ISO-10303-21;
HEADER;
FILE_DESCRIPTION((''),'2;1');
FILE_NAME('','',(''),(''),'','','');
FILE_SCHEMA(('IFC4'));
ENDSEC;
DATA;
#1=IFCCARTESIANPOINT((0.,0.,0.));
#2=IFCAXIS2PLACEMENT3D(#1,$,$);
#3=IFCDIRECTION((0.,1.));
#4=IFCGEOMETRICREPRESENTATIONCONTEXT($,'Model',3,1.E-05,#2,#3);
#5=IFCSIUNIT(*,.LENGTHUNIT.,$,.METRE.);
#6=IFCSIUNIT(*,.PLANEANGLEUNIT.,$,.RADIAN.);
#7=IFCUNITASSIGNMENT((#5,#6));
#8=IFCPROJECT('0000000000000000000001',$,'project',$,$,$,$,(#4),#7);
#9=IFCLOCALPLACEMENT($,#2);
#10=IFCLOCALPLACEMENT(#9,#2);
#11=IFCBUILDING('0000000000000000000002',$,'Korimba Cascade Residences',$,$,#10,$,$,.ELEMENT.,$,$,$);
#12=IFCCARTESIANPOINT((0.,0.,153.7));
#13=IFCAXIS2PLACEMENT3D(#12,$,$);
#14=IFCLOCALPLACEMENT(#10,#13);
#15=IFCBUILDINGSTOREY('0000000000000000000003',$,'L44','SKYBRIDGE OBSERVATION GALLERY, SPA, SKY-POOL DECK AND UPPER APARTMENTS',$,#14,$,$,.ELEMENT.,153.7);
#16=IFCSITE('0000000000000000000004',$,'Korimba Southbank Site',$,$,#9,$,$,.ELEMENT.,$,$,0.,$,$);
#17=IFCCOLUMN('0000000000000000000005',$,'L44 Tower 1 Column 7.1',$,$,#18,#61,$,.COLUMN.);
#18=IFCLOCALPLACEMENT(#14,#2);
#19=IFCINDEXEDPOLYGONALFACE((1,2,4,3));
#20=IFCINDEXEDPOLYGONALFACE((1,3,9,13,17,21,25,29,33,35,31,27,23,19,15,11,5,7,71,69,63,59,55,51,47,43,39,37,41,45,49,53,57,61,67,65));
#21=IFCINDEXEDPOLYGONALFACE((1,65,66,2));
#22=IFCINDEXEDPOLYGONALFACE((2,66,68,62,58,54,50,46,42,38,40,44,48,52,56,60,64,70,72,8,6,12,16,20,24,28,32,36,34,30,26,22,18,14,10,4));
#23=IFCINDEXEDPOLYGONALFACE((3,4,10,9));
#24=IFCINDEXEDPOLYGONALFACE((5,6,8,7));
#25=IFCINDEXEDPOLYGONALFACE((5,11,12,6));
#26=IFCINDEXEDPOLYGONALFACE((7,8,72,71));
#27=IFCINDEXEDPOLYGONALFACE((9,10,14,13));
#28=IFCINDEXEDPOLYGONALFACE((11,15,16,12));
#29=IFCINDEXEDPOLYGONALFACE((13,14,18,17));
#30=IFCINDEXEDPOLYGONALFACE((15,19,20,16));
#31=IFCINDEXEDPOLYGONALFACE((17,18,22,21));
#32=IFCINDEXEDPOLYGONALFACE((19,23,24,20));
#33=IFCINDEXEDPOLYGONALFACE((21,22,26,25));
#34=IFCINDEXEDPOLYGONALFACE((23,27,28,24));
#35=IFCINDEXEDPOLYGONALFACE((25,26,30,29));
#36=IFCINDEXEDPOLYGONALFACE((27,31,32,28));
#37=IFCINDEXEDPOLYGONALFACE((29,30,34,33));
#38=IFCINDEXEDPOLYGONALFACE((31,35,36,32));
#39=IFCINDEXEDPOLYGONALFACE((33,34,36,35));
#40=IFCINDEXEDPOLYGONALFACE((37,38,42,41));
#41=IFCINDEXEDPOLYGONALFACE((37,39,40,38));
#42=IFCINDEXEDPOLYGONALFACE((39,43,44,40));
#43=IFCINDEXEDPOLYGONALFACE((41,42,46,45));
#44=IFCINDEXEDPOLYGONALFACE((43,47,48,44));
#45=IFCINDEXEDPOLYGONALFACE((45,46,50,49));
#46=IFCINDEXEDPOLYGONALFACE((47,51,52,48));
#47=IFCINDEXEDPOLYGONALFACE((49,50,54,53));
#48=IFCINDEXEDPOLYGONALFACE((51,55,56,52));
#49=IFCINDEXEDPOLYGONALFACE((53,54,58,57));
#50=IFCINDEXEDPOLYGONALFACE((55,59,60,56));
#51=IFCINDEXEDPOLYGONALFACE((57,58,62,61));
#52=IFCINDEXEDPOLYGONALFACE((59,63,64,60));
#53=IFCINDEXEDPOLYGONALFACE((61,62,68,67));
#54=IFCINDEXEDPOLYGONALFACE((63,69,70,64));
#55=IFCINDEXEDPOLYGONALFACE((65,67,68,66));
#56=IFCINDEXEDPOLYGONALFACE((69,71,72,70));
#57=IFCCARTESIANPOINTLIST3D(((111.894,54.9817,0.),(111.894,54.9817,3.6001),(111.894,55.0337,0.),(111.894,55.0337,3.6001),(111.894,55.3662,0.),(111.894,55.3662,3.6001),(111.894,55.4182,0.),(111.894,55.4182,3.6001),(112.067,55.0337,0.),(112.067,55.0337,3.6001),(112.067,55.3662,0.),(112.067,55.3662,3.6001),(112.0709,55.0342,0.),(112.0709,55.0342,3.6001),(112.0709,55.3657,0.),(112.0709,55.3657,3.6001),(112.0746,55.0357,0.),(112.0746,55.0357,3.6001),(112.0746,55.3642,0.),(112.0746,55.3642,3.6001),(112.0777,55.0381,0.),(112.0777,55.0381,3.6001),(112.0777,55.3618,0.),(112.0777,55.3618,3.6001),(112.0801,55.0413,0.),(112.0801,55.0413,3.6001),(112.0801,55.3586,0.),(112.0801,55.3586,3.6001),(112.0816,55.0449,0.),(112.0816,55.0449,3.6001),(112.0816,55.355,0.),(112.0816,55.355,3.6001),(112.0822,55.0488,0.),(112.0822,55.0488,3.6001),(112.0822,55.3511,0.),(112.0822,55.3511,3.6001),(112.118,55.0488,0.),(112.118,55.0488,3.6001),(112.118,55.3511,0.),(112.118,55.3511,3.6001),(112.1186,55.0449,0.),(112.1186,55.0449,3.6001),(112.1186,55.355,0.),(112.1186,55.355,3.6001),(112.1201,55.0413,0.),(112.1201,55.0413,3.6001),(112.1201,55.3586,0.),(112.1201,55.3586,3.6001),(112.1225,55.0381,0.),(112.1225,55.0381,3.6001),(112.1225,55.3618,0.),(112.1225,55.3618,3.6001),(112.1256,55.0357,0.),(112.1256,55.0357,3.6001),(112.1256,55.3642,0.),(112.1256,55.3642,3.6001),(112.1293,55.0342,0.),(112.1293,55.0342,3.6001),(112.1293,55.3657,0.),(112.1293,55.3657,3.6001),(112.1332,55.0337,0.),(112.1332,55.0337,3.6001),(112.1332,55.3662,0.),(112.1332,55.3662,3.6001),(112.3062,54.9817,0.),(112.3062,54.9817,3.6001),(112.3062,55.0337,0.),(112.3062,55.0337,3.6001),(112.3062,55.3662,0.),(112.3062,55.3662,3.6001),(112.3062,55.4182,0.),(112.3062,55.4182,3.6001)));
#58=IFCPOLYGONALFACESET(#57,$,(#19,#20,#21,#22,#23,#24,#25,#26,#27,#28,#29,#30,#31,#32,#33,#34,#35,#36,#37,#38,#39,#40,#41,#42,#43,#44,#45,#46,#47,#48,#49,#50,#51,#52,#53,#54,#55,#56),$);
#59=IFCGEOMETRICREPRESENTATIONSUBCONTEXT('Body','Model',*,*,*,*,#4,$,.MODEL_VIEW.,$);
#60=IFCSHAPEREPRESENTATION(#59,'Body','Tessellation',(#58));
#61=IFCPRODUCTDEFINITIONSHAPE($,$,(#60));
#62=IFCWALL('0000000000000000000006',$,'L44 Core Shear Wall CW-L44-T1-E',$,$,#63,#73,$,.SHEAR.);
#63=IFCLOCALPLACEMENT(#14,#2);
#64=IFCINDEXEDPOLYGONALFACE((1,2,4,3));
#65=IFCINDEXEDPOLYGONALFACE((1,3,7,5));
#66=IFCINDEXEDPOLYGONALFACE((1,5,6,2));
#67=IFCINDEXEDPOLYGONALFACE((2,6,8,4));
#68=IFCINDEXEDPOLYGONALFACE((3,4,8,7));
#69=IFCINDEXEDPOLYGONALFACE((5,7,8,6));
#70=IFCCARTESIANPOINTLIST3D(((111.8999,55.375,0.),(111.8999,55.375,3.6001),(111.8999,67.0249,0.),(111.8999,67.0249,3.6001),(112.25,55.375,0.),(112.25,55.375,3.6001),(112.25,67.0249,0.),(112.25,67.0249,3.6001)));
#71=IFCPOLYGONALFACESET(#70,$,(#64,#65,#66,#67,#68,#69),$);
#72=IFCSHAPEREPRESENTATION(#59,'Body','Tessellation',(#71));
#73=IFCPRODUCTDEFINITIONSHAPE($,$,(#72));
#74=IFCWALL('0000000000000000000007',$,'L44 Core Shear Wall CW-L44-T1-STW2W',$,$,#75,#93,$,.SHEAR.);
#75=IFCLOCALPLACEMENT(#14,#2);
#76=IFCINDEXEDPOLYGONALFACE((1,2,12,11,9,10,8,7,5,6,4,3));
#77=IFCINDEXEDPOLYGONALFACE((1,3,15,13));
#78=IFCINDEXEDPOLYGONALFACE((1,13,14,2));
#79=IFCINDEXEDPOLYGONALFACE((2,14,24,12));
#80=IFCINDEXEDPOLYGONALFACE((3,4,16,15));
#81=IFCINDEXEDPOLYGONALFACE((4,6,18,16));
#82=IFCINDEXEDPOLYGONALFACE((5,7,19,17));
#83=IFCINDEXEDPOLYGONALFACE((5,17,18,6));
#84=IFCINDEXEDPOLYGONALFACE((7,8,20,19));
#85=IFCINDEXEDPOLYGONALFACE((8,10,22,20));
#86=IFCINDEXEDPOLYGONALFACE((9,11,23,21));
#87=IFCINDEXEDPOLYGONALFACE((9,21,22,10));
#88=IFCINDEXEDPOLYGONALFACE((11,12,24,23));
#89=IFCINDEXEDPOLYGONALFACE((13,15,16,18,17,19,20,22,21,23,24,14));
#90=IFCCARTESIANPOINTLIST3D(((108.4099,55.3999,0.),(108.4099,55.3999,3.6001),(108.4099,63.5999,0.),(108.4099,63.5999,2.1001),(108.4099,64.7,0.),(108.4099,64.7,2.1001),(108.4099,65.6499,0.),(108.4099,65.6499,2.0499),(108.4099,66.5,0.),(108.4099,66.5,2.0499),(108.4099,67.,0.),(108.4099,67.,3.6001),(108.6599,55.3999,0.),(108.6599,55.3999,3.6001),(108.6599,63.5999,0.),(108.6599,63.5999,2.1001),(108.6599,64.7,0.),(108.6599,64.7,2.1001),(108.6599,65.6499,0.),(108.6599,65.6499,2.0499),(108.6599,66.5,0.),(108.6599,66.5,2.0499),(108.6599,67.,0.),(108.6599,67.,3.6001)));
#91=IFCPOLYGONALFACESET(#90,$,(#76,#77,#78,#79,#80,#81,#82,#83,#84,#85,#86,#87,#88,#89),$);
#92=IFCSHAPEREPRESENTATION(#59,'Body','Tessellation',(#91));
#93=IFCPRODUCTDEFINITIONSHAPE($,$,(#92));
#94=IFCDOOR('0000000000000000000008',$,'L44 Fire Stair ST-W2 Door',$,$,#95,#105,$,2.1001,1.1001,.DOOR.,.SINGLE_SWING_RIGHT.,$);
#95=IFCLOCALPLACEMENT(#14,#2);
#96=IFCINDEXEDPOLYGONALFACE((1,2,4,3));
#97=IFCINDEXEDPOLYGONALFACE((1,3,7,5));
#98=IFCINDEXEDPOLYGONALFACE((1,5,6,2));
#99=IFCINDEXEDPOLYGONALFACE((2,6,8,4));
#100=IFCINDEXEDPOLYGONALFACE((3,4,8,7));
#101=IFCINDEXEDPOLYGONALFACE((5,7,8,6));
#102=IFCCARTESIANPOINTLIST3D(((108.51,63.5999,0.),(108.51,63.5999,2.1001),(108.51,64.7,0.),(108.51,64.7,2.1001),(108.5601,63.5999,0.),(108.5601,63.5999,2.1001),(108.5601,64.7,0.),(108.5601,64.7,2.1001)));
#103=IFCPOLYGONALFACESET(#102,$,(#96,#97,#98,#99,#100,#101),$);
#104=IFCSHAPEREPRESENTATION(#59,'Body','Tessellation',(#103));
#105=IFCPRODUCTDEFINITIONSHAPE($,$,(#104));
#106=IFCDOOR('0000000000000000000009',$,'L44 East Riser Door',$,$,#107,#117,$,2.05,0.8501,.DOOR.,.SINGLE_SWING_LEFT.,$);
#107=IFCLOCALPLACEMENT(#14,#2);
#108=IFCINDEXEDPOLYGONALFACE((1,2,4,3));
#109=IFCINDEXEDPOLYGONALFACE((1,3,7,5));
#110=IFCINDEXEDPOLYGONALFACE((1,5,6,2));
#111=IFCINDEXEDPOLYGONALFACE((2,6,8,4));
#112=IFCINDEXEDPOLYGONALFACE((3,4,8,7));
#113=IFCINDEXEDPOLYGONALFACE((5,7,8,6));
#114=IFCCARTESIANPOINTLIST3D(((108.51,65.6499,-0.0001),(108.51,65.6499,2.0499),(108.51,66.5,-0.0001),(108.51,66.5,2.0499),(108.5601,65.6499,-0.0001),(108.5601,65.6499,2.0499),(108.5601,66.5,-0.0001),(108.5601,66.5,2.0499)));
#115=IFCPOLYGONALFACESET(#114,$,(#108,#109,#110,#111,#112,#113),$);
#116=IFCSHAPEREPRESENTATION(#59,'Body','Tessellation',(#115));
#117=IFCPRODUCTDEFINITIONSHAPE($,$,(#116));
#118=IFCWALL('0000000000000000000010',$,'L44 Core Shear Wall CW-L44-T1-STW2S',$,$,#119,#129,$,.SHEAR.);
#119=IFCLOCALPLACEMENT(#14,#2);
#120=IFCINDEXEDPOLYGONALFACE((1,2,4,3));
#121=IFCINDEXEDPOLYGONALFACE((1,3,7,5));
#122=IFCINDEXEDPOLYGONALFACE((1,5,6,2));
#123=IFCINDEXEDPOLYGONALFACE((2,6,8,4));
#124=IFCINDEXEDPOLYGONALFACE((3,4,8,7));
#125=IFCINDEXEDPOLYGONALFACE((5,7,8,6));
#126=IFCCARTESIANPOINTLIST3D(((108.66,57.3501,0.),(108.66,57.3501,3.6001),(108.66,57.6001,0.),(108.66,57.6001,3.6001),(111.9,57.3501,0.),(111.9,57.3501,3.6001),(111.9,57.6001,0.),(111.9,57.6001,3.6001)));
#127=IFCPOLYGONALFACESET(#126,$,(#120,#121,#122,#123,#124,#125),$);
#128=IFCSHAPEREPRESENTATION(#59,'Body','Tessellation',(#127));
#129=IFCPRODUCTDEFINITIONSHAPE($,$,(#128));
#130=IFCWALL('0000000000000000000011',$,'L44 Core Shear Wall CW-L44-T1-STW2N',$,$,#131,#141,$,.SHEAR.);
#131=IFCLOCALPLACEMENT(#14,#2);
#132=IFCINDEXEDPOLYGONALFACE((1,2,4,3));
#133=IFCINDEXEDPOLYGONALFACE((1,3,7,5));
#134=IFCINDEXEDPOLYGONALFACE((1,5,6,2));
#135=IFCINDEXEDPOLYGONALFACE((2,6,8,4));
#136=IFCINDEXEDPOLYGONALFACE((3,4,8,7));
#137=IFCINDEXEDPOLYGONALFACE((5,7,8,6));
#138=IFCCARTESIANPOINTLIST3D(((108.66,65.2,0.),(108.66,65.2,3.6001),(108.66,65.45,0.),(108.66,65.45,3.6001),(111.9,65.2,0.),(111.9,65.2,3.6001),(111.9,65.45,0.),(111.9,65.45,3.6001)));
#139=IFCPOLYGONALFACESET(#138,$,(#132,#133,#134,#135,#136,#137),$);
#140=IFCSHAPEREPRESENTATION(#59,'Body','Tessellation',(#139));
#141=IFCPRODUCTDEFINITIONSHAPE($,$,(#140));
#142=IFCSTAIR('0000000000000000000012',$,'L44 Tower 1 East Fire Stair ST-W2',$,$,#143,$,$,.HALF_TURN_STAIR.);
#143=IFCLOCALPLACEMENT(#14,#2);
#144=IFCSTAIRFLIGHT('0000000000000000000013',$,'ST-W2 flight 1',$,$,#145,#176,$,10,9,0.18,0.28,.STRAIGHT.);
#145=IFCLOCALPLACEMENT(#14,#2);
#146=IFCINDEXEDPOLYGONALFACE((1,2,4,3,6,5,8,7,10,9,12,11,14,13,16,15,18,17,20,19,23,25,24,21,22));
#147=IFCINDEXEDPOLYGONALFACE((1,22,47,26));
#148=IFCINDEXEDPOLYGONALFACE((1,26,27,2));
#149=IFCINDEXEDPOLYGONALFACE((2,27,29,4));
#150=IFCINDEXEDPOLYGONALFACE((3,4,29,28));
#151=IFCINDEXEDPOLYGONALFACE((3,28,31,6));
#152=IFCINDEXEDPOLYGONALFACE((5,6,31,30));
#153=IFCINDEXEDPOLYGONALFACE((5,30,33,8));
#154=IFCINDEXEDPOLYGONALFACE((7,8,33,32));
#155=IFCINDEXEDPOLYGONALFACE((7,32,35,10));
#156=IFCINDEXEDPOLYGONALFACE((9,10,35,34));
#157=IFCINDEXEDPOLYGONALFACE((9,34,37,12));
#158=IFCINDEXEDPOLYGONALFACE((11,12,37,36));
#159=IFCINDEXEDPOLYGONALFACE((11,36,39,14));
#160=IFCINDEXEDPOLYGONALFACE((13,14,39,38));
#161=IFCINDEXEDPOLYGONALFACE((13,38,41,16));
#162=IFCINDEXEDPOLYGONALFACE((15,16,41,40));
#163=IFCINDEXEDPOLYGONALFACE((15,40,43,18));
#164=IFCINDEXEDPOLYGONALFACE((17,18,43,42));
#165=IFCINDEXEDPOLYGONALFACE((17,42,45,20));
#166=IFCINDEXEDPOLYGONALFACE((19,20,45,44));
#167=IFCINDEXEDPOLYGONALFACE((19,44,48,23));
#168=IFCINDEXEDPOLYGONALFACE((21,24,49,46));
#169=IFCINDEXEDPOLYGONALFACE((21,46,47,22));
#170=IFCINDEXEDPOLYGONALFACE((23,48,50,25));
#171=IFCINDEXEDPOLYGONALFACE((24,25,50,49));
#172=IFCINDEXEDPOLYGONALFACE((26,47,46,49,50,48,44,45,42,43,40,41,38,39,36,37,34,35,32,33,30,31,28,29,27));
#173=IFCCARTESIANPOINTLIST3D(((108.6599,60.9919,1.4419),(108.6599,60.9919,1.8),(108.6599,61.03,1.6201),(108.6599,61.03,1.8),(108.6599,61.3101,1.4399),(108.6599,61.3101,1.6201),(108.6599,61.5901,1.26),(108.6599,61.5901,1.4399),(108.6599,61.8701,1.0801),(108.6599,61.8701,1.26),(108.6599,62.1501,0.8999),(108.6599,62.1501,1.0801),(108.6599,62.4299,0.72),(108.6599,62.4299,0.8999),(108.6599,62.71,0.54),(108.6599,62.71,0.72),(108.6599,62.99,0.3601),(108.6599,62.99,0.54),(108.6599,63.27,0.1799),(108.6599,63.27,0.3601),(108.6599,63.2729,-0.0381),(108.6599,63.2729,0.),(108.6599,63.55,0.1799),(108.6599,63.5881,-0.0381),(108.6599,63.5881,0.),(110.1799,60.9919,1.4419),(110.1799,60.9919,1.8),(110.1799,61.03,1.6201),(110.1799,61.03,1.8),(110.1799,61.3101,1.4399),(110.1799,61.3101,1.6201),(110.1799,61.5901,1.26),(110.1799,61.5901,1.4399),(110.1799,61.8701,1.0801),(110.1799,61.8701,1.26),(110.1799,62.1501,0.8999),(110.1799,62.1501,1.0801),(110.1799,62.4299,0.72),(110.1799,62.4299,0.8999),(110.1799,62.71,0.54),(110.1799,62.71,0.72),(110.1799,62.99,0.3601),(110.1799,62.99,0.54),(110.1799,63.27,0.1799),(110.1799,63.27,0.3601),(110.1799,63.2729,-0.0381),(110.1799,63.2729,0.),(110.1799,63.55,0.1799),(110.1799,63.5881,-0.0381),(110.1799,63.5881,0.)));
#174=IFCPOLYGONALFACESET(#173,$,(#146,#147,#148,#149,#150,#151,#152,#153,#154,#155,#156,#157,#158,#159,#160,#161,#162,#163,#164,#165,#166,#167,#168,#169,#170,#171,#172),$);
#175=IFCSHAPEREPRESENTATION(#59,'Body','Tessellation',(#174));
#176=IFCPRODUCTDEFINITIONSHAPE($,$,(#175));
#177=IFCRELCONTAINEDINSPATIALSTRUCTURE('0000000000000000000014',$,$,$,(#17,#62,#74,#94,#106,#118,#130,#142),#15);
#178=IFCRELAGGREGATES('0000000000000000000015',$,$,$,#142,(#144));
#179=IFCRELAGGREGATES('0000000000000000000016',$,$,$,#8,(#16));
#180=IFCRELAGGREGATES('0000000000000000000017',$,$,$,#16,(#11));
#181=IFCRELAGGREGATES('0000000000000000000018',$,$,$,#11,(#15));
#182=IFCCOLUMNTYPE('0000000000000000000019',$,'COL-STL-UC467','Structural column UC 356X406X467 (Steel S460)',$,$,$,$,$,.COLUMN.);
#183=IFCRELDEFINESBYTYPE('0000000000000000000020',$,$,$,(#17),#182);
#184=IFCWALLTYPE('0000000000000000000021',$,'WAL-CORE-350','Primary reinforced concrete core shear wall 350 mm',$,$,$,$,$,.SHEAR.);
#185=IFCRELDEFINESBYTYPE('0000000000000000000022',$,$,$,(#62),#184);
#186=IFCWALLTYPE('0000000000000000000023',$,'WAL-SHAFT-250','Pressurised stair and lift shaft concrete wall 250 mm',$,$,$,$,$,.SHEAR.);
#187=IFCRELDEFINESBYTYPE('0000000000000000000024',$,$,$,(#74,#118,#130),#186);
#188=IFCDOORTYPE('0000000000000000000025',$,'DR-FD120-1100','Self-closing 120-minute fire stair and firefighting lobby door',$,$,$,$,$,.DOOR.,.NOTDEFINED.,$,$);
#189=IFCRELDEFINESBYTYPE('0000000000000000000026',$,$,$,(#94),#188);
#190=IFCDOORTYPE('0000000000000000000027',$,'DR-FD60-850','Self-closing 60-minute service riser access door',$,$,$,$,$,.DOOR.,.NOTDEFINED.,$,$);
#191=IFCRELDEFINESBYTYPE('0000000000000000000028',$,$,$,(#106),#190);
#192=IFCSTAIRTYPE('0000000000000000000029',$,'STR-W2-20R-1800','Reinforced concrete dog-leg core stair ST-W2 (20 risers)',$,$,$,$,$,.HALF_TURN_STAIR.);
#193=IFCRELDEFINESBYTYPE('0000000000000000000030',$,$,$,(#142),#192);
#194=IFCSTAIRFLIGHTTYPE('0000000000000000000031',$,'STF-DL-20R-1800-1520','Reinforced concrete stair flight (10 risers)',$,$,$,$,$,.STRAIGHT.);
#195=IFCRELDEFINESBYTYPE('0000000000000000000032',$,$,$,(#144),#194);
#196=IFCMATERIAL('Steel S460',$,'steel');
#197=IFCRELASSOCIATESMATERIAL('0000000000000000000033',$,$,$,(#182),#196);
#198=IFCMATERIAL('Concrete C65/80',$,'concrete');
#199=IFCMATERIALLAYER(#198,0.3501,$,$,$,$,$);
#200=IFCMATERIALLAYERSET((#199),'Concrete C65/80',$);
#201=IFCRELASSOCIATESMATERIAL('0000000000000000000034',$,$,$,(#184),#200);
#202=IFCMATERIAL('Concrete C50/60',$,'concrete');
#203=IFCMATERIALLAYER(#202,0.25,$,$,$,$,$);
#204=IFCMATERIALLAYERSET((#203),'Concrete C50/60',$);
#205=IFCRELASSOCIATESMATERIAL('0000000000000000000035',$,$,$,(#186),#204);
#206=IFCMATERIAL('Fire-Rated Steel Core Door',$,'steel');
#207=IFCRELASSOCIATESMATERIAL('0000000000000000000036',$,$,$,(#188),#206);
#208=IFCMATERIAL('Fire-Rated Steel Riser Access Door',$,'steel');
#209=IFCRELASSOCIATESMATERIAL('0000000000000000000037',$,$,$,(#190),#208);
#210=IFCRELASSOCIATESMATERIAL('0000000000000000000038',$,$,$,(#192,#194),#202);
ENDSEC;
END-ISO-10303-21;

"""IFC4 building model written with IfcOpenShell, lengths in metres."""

from ifc_helpers import new_model, si_unit, direction, frame, frame_2d, origin, origin_2d, place, context, subcontext, project, spatial, polyline, rectangle, i_section, outline, extrude, material, layer, layer_set, material_profile, profile_set, type_object, element, fill, aggregate, save


model = new_model("IFC4")

# Units and contexts
model_context = context("Model", 3, precision=1e-05, world=origin(), true_north=direction((0.0, 1.0)))
body_context = subcontext(model_context, "Body", "Model", "MODEL_VIEW")
ifc_project = project(units=[si_unit("LENGTHUNIT", "METRE"), si_unit("PLANEANGLEUNIT", "RADIAN")], contexts=[model_context])

# Site, building, storey
site_placement = place(None, origin())
site = spatial("IfcSite", under=ifc_project, at=site_placement, Name="Korimba Southbank Site", CompositionType="ELEMENT", RefElevation=0.0)
building_placement = place(site_placement, origin())
building = spatial("IfcBuilding", under=site, at=building_placement, Name="Korimba Cascade Residences", CompositionType="ELEMENT")
storey_placement = place(building_placement, frame((0.0, 0.0, 153.7)))
storey = spatial("IfcBuildingStorey", under=building, at=storey_placement, Name="L44", Description="SKYBRIDGE OBSERVATION GALLERY, SPA, SKY-POOL DECK AND UPPER APARTMENTS", CompositionType="ELEMENT", Elevation=153.7)

# Column
ifc_material_1 = material(Name="Steel S460", Category="steel")
ifc_material_profile = material_profile(ifc_material_1, i_section(OverallWidth=0.4121, OverallDepth=0.4365, WebThickness=0.0359, FlangeThickness=0.052, FilletRadius=0.0151, at=origin_2d()), Name="Steel S460")
ifc_profile_set = profile_set([ifc_material_profile], Name="Steel S460")
column_type = type_object("IfcColumnType", Name="COL-STL-UC467", Description="Structural column UC 356X406X467 (Steel S460)", PredefinedType="COLUMN", material=ifc_profile_set)
column_placement = place(storey_placement, frame((112.1001, 55.2, 0.0), z_axis=(0.0, 0.0, 1.0), x_axis=(1.0, 0.0, 0.0)))
element("IfcColumn", 1, at=column_placement, inside=storey, type_object=column_type, Name="L44 Tower 1 Column 7.1", PredefinedType="COLUMN", context=body_context, shape_type="SweptSolid", body=[
    extrude(i_section(OverallWidth=0.4121, OverallDepth=0.4365, WebThickness=0.0359, FlangeThickness=0.052, FilletRadius=0.0151, at=origin_2d()), origin(), (0.0, 0.0, 1.0), 3.6001),
])

# Wall
ifc_material_2 = material(Name="Concrete C65/80", Category="concrete")
ifc_layer_1 = layer(ifc_material_2, 0.3501)
ifc_layer_set_1 = layer_set([ifc_layer_1], Name="Concrete C65/80")
wall_type_1 = type_object("IfcWallType", Name="WAL-CORE-350", Description="Primary reinforced concrete core shear wall 350 mm", PredefinedType="SHEAR", material=ifc_layer_set_1)
wall_1_placement = place(storey_placement, frame((112.075, 55.375, 0.0), z_axis=(0.0, 0.0, 1.0), x_axis=(0.0, 1.0, 0.0)))
element("IfcWall", 2, at=wall_1_placement, inside=storey, type_object=wall_type_1, Name="L44 Core Shear Wall CW-L44-T1-E", PredefinedType="SHEAR", context=body_context, shape_type="SweptSolid", body=[
    extrude(rectangle(XDim=11.6499, YDim=0.3501, at=frame_2d((5.825, 0.0))), origin(), (0.0, 0.0, 1.0), 3.6001),
])

# Shared definitions
ifc_material_3 = material(Name="Concrete C50/60", Category="concrete")
ifc_layer_2 = layer(ifc_material_3, 0.25)
ifc_layer_set_2 = layer_set([ifc_layer_2], Name="Concrete C50/60")
wall_type_2 = type_object("IfcWallType", Name="WAL-SHAFT-250", Description="Pressurised stair and lift shaft concrete wall 250 mm", PredefinedType="SHEAR", material=ifc_layer_set_2)

# Wall, openings, doors
wall_2_placement = place(storey_placement, frame((108.5349, 55.3999, 0.0), z_axis=(0.0, 0.0, 1.0), x_axis=(0.0, 1.0, 0.0)))
wall_2 = element("IfcWall", 3, at=wall_2_placement, inside=storey, type_object=wall_type_2, Name="L44 Core Shear Wall CW-L44-T1-STW2W", PredefinedType="SHEAR", context=body_context, shape_type="SweptSolid", body=[
    extrude(rectangle(XDim=11.6001, YDim=0.25, at=frame_2d((5.8, 0.0))), origin(), (0.0, 0.0, 1.0), 3.6001),
])
opening_1_placement = place(wall_2_placement, frame((8.2, 0.0, 0.0)))
opening_1 = element("IfcOpeningElement", 4, at=opening_1_placement, cuts=wall_2, PredefinedType="OPENING", context=body_context, shape_type="SweptSolid", body=[
    extrude(rectangle(XDim=1.1001, YDim=2.1001, at=frame_2d((0.55, 1.05))), frame((0.0, 0.135, 0.0), z_axis=(0.0, -1.0, 0.0), x_axis=(1.0, 0.0, 0.0)), (0.0, 0.0, 1.0), 0.27),
])
opening_2_placement = place(wall_2_placement, frame((10.25, 0.0, 0.0)))
opening_2 = element("IfcOpeningElement", 5, at=opening_2_placement, cuts=wall_2, PredefinedType="OPENING", context=body_context, shape_type="SweptSolid", body=[
    extrude(rectangle(XDim=0.8501, YDim=2.05, at=frame_2d((0.425, 1.0249))), frame((0.0, 0.135, 0.0), z_axis=(0.0, -1.0, 0.0), x_axis=(1.0, 0.0, 0.0)), (0.0, 0.0, 1.0), 0.27),
])
ifc_material_4 = material(Name="Fire-Rated Steel Core Door", Category="steel")
door_type_1 = type_object("IfcDoorType", Name="DR-FD120-1100", Description="Self-closing 120-minute fire stair and firefighting lobby door", OperationType="NOTDEFINED", PredefinedType="DOOR", material=ifc_material_4)
door_1_placement = place(opening_1_placement, origin())
door_1 = element("IfcDoor", 6, at=door_1_placement, inside=storey, type_object=door_type_1, Name="L44 Fire Stair ST-W2 Door", OperationType="SINGLE_SWING_RIGHT", OverallHeight=2.1001, OverallWidth=1.1001, PredefinedType="DOOR", context=body_context, shape_type="SweptSolid", body=[
    extrude(rectangle(XDim=1.1001, YDim=2.1001, at=frame_2d((0.55, 1.05))), frame((0.0, 0.0249, 0.0), z_axis=(0.0, -1.0, 0.0), x_axis=(1.0, 0.0, 0.0)), (0.0, 0.0, 1.0), 0.05),
])
fill(opening_1, door_1)
ifc_material_5 = material(Name="Fire-Rated Steel Riser Access Door", Category="steel")
door_type_2 = type_object("IfcDoorType", Name="DR-FD60-850", Description="Self-closing 60-minute service riser access door", OperationType="NOTDEFINED", PredefinedType="DOOR", material=ifc_material_5)
door_2_placement = place(opening_2_placement, origin())
door_2 = element("IfcDoor", 7, at=door_2_placement, inside=storey, type_object=door_type_2, Name="L44 East Riser Door", OperationType="SINGLE_SWING_LEFT", OverallHeight=2.05, OverallWidth=0.8501, PredefinedType="DOOR", context=body_context, shape_type="SweptSolid", body=[
    extrude(rectangle(XDim=0.8501, YDim=2.05, at=frame_2d((0.425, 1.0249))), frame((0.0, 0.0249, 0.0), z_axis=(0.0, -1.0, 0.0), x_axis=(1.0, 0.0, 0.0)), (0.0, 0.0, 1.0), 0.05),
])
fill(opening_2, door_2)

# Walls
for number, where, z_axis, x_axis, name in (
    (8, (108.6599, 57.4751, 0.0), (0.0, 0.0, 1.0), (1.0, 0.0, 0.0), "L44 Core Shear Wall CW-L44-T1-STW2S"),
    (9, (108.6599, 65.325, 0.0), (0.0, 0.0, 1.0), (1.0, 0.0, 0.0), "L44 Core Shear Wall CW-L44-T1-STW2N"),
):
    element("IfcWall", number, at=place(storey_placement, frame(where, z_axis=z_axis, x_axis=x_axis)), inside=storey, type_object=wall_type_2, Name=name, PredefinedType="SHEAR", context=body_context, shape_type="SweptSolid", body=[
        extrude(rectangle(XDim=3.24, YDim=0.25, at=frame_2d((1.6201, 0.0))), origin(), (0.0, 0.0, 1.0), 3.6001),
    ])

# Stair, stair flight
stair_type = type_object("IfcStairType", Name="STR-W2-20R-1800", Description="Reinforced concrete dog-leg core stair ST-W2 (20 risers)", PredefinedType="HALF_TURN_STAIR", material=ifc_material_3)
stair_placement = place(storey_placement, origin())
stair = element("IfcStair", 10, at=stair_placement, inside=storey, type_object=stair_type, Name="L44 Tower 1 East Fire Stair ST-W2", PredefinedType="HALF_TURN_STAIR")
stair_flight_type = type_object("IfcStairFlightType", Name="STF-DL-20R-1800-1520", Description="Reinforced concrete stair flight (10 risers)", PredefinedType="STRAIGHT", material=ifc_material_3)
stair_flight_1_placement = place(storey_placement, frame((109.4199, 63.55, 0.0), z_axis=(0.0, 0.0, 1.0), x_axis=(0.0, -1.0, 0.0)))
stair_flight_1 = element("IfcStairFlight", 11, at=stair_flight_1_placement, type_object=stair_flight_type, Name="ST-W2 flight 1", NumberOfRisers=10, NumberOfTreads=9, PredefinedType="STRAIGHT", RiserHeight=0.18, TreadLength=0.28, context=body_context, shape_type="SweptSolid", body=[
    extrude(outline(polyline([(-0.0381, 0.0), (0.0, 0.1799), (0.28, 0.1799), (0.28, 0.3601), (0.5601, 0.3601), (0.5601, 0.54), (0.8401, 0.54), (0.8401, 0.72), (1.1201, 0.72), (1.1201, 0.8999), (1.3999, 0.8999), (1.3999, 1.0801), (1.6799, 1.0801), (1.6799, 1.26), (1.96, 1.26), (1.96, 1.4399), (2.24, 1.4399), (2.24, 1.6201), (2.52, 1.6201), (2.52, 1.8), (2.5581, 1.8), (2.5581, 1.4419), (0.2771, 0.0), (0.2771, -0.0381), (-0.0381, -0.0381), (-0.0381, 0.0)])), frame((0.0, 0.76, 0.0), z_axis=(0.0, -1.0, 0.0), x_axis=(1.0, 0.0, 0.0)), (0.0, 0.0, 1.0), 1.52),
])
aggregate(stair, [stair_flight_1])

save(model, "model.ifc")
